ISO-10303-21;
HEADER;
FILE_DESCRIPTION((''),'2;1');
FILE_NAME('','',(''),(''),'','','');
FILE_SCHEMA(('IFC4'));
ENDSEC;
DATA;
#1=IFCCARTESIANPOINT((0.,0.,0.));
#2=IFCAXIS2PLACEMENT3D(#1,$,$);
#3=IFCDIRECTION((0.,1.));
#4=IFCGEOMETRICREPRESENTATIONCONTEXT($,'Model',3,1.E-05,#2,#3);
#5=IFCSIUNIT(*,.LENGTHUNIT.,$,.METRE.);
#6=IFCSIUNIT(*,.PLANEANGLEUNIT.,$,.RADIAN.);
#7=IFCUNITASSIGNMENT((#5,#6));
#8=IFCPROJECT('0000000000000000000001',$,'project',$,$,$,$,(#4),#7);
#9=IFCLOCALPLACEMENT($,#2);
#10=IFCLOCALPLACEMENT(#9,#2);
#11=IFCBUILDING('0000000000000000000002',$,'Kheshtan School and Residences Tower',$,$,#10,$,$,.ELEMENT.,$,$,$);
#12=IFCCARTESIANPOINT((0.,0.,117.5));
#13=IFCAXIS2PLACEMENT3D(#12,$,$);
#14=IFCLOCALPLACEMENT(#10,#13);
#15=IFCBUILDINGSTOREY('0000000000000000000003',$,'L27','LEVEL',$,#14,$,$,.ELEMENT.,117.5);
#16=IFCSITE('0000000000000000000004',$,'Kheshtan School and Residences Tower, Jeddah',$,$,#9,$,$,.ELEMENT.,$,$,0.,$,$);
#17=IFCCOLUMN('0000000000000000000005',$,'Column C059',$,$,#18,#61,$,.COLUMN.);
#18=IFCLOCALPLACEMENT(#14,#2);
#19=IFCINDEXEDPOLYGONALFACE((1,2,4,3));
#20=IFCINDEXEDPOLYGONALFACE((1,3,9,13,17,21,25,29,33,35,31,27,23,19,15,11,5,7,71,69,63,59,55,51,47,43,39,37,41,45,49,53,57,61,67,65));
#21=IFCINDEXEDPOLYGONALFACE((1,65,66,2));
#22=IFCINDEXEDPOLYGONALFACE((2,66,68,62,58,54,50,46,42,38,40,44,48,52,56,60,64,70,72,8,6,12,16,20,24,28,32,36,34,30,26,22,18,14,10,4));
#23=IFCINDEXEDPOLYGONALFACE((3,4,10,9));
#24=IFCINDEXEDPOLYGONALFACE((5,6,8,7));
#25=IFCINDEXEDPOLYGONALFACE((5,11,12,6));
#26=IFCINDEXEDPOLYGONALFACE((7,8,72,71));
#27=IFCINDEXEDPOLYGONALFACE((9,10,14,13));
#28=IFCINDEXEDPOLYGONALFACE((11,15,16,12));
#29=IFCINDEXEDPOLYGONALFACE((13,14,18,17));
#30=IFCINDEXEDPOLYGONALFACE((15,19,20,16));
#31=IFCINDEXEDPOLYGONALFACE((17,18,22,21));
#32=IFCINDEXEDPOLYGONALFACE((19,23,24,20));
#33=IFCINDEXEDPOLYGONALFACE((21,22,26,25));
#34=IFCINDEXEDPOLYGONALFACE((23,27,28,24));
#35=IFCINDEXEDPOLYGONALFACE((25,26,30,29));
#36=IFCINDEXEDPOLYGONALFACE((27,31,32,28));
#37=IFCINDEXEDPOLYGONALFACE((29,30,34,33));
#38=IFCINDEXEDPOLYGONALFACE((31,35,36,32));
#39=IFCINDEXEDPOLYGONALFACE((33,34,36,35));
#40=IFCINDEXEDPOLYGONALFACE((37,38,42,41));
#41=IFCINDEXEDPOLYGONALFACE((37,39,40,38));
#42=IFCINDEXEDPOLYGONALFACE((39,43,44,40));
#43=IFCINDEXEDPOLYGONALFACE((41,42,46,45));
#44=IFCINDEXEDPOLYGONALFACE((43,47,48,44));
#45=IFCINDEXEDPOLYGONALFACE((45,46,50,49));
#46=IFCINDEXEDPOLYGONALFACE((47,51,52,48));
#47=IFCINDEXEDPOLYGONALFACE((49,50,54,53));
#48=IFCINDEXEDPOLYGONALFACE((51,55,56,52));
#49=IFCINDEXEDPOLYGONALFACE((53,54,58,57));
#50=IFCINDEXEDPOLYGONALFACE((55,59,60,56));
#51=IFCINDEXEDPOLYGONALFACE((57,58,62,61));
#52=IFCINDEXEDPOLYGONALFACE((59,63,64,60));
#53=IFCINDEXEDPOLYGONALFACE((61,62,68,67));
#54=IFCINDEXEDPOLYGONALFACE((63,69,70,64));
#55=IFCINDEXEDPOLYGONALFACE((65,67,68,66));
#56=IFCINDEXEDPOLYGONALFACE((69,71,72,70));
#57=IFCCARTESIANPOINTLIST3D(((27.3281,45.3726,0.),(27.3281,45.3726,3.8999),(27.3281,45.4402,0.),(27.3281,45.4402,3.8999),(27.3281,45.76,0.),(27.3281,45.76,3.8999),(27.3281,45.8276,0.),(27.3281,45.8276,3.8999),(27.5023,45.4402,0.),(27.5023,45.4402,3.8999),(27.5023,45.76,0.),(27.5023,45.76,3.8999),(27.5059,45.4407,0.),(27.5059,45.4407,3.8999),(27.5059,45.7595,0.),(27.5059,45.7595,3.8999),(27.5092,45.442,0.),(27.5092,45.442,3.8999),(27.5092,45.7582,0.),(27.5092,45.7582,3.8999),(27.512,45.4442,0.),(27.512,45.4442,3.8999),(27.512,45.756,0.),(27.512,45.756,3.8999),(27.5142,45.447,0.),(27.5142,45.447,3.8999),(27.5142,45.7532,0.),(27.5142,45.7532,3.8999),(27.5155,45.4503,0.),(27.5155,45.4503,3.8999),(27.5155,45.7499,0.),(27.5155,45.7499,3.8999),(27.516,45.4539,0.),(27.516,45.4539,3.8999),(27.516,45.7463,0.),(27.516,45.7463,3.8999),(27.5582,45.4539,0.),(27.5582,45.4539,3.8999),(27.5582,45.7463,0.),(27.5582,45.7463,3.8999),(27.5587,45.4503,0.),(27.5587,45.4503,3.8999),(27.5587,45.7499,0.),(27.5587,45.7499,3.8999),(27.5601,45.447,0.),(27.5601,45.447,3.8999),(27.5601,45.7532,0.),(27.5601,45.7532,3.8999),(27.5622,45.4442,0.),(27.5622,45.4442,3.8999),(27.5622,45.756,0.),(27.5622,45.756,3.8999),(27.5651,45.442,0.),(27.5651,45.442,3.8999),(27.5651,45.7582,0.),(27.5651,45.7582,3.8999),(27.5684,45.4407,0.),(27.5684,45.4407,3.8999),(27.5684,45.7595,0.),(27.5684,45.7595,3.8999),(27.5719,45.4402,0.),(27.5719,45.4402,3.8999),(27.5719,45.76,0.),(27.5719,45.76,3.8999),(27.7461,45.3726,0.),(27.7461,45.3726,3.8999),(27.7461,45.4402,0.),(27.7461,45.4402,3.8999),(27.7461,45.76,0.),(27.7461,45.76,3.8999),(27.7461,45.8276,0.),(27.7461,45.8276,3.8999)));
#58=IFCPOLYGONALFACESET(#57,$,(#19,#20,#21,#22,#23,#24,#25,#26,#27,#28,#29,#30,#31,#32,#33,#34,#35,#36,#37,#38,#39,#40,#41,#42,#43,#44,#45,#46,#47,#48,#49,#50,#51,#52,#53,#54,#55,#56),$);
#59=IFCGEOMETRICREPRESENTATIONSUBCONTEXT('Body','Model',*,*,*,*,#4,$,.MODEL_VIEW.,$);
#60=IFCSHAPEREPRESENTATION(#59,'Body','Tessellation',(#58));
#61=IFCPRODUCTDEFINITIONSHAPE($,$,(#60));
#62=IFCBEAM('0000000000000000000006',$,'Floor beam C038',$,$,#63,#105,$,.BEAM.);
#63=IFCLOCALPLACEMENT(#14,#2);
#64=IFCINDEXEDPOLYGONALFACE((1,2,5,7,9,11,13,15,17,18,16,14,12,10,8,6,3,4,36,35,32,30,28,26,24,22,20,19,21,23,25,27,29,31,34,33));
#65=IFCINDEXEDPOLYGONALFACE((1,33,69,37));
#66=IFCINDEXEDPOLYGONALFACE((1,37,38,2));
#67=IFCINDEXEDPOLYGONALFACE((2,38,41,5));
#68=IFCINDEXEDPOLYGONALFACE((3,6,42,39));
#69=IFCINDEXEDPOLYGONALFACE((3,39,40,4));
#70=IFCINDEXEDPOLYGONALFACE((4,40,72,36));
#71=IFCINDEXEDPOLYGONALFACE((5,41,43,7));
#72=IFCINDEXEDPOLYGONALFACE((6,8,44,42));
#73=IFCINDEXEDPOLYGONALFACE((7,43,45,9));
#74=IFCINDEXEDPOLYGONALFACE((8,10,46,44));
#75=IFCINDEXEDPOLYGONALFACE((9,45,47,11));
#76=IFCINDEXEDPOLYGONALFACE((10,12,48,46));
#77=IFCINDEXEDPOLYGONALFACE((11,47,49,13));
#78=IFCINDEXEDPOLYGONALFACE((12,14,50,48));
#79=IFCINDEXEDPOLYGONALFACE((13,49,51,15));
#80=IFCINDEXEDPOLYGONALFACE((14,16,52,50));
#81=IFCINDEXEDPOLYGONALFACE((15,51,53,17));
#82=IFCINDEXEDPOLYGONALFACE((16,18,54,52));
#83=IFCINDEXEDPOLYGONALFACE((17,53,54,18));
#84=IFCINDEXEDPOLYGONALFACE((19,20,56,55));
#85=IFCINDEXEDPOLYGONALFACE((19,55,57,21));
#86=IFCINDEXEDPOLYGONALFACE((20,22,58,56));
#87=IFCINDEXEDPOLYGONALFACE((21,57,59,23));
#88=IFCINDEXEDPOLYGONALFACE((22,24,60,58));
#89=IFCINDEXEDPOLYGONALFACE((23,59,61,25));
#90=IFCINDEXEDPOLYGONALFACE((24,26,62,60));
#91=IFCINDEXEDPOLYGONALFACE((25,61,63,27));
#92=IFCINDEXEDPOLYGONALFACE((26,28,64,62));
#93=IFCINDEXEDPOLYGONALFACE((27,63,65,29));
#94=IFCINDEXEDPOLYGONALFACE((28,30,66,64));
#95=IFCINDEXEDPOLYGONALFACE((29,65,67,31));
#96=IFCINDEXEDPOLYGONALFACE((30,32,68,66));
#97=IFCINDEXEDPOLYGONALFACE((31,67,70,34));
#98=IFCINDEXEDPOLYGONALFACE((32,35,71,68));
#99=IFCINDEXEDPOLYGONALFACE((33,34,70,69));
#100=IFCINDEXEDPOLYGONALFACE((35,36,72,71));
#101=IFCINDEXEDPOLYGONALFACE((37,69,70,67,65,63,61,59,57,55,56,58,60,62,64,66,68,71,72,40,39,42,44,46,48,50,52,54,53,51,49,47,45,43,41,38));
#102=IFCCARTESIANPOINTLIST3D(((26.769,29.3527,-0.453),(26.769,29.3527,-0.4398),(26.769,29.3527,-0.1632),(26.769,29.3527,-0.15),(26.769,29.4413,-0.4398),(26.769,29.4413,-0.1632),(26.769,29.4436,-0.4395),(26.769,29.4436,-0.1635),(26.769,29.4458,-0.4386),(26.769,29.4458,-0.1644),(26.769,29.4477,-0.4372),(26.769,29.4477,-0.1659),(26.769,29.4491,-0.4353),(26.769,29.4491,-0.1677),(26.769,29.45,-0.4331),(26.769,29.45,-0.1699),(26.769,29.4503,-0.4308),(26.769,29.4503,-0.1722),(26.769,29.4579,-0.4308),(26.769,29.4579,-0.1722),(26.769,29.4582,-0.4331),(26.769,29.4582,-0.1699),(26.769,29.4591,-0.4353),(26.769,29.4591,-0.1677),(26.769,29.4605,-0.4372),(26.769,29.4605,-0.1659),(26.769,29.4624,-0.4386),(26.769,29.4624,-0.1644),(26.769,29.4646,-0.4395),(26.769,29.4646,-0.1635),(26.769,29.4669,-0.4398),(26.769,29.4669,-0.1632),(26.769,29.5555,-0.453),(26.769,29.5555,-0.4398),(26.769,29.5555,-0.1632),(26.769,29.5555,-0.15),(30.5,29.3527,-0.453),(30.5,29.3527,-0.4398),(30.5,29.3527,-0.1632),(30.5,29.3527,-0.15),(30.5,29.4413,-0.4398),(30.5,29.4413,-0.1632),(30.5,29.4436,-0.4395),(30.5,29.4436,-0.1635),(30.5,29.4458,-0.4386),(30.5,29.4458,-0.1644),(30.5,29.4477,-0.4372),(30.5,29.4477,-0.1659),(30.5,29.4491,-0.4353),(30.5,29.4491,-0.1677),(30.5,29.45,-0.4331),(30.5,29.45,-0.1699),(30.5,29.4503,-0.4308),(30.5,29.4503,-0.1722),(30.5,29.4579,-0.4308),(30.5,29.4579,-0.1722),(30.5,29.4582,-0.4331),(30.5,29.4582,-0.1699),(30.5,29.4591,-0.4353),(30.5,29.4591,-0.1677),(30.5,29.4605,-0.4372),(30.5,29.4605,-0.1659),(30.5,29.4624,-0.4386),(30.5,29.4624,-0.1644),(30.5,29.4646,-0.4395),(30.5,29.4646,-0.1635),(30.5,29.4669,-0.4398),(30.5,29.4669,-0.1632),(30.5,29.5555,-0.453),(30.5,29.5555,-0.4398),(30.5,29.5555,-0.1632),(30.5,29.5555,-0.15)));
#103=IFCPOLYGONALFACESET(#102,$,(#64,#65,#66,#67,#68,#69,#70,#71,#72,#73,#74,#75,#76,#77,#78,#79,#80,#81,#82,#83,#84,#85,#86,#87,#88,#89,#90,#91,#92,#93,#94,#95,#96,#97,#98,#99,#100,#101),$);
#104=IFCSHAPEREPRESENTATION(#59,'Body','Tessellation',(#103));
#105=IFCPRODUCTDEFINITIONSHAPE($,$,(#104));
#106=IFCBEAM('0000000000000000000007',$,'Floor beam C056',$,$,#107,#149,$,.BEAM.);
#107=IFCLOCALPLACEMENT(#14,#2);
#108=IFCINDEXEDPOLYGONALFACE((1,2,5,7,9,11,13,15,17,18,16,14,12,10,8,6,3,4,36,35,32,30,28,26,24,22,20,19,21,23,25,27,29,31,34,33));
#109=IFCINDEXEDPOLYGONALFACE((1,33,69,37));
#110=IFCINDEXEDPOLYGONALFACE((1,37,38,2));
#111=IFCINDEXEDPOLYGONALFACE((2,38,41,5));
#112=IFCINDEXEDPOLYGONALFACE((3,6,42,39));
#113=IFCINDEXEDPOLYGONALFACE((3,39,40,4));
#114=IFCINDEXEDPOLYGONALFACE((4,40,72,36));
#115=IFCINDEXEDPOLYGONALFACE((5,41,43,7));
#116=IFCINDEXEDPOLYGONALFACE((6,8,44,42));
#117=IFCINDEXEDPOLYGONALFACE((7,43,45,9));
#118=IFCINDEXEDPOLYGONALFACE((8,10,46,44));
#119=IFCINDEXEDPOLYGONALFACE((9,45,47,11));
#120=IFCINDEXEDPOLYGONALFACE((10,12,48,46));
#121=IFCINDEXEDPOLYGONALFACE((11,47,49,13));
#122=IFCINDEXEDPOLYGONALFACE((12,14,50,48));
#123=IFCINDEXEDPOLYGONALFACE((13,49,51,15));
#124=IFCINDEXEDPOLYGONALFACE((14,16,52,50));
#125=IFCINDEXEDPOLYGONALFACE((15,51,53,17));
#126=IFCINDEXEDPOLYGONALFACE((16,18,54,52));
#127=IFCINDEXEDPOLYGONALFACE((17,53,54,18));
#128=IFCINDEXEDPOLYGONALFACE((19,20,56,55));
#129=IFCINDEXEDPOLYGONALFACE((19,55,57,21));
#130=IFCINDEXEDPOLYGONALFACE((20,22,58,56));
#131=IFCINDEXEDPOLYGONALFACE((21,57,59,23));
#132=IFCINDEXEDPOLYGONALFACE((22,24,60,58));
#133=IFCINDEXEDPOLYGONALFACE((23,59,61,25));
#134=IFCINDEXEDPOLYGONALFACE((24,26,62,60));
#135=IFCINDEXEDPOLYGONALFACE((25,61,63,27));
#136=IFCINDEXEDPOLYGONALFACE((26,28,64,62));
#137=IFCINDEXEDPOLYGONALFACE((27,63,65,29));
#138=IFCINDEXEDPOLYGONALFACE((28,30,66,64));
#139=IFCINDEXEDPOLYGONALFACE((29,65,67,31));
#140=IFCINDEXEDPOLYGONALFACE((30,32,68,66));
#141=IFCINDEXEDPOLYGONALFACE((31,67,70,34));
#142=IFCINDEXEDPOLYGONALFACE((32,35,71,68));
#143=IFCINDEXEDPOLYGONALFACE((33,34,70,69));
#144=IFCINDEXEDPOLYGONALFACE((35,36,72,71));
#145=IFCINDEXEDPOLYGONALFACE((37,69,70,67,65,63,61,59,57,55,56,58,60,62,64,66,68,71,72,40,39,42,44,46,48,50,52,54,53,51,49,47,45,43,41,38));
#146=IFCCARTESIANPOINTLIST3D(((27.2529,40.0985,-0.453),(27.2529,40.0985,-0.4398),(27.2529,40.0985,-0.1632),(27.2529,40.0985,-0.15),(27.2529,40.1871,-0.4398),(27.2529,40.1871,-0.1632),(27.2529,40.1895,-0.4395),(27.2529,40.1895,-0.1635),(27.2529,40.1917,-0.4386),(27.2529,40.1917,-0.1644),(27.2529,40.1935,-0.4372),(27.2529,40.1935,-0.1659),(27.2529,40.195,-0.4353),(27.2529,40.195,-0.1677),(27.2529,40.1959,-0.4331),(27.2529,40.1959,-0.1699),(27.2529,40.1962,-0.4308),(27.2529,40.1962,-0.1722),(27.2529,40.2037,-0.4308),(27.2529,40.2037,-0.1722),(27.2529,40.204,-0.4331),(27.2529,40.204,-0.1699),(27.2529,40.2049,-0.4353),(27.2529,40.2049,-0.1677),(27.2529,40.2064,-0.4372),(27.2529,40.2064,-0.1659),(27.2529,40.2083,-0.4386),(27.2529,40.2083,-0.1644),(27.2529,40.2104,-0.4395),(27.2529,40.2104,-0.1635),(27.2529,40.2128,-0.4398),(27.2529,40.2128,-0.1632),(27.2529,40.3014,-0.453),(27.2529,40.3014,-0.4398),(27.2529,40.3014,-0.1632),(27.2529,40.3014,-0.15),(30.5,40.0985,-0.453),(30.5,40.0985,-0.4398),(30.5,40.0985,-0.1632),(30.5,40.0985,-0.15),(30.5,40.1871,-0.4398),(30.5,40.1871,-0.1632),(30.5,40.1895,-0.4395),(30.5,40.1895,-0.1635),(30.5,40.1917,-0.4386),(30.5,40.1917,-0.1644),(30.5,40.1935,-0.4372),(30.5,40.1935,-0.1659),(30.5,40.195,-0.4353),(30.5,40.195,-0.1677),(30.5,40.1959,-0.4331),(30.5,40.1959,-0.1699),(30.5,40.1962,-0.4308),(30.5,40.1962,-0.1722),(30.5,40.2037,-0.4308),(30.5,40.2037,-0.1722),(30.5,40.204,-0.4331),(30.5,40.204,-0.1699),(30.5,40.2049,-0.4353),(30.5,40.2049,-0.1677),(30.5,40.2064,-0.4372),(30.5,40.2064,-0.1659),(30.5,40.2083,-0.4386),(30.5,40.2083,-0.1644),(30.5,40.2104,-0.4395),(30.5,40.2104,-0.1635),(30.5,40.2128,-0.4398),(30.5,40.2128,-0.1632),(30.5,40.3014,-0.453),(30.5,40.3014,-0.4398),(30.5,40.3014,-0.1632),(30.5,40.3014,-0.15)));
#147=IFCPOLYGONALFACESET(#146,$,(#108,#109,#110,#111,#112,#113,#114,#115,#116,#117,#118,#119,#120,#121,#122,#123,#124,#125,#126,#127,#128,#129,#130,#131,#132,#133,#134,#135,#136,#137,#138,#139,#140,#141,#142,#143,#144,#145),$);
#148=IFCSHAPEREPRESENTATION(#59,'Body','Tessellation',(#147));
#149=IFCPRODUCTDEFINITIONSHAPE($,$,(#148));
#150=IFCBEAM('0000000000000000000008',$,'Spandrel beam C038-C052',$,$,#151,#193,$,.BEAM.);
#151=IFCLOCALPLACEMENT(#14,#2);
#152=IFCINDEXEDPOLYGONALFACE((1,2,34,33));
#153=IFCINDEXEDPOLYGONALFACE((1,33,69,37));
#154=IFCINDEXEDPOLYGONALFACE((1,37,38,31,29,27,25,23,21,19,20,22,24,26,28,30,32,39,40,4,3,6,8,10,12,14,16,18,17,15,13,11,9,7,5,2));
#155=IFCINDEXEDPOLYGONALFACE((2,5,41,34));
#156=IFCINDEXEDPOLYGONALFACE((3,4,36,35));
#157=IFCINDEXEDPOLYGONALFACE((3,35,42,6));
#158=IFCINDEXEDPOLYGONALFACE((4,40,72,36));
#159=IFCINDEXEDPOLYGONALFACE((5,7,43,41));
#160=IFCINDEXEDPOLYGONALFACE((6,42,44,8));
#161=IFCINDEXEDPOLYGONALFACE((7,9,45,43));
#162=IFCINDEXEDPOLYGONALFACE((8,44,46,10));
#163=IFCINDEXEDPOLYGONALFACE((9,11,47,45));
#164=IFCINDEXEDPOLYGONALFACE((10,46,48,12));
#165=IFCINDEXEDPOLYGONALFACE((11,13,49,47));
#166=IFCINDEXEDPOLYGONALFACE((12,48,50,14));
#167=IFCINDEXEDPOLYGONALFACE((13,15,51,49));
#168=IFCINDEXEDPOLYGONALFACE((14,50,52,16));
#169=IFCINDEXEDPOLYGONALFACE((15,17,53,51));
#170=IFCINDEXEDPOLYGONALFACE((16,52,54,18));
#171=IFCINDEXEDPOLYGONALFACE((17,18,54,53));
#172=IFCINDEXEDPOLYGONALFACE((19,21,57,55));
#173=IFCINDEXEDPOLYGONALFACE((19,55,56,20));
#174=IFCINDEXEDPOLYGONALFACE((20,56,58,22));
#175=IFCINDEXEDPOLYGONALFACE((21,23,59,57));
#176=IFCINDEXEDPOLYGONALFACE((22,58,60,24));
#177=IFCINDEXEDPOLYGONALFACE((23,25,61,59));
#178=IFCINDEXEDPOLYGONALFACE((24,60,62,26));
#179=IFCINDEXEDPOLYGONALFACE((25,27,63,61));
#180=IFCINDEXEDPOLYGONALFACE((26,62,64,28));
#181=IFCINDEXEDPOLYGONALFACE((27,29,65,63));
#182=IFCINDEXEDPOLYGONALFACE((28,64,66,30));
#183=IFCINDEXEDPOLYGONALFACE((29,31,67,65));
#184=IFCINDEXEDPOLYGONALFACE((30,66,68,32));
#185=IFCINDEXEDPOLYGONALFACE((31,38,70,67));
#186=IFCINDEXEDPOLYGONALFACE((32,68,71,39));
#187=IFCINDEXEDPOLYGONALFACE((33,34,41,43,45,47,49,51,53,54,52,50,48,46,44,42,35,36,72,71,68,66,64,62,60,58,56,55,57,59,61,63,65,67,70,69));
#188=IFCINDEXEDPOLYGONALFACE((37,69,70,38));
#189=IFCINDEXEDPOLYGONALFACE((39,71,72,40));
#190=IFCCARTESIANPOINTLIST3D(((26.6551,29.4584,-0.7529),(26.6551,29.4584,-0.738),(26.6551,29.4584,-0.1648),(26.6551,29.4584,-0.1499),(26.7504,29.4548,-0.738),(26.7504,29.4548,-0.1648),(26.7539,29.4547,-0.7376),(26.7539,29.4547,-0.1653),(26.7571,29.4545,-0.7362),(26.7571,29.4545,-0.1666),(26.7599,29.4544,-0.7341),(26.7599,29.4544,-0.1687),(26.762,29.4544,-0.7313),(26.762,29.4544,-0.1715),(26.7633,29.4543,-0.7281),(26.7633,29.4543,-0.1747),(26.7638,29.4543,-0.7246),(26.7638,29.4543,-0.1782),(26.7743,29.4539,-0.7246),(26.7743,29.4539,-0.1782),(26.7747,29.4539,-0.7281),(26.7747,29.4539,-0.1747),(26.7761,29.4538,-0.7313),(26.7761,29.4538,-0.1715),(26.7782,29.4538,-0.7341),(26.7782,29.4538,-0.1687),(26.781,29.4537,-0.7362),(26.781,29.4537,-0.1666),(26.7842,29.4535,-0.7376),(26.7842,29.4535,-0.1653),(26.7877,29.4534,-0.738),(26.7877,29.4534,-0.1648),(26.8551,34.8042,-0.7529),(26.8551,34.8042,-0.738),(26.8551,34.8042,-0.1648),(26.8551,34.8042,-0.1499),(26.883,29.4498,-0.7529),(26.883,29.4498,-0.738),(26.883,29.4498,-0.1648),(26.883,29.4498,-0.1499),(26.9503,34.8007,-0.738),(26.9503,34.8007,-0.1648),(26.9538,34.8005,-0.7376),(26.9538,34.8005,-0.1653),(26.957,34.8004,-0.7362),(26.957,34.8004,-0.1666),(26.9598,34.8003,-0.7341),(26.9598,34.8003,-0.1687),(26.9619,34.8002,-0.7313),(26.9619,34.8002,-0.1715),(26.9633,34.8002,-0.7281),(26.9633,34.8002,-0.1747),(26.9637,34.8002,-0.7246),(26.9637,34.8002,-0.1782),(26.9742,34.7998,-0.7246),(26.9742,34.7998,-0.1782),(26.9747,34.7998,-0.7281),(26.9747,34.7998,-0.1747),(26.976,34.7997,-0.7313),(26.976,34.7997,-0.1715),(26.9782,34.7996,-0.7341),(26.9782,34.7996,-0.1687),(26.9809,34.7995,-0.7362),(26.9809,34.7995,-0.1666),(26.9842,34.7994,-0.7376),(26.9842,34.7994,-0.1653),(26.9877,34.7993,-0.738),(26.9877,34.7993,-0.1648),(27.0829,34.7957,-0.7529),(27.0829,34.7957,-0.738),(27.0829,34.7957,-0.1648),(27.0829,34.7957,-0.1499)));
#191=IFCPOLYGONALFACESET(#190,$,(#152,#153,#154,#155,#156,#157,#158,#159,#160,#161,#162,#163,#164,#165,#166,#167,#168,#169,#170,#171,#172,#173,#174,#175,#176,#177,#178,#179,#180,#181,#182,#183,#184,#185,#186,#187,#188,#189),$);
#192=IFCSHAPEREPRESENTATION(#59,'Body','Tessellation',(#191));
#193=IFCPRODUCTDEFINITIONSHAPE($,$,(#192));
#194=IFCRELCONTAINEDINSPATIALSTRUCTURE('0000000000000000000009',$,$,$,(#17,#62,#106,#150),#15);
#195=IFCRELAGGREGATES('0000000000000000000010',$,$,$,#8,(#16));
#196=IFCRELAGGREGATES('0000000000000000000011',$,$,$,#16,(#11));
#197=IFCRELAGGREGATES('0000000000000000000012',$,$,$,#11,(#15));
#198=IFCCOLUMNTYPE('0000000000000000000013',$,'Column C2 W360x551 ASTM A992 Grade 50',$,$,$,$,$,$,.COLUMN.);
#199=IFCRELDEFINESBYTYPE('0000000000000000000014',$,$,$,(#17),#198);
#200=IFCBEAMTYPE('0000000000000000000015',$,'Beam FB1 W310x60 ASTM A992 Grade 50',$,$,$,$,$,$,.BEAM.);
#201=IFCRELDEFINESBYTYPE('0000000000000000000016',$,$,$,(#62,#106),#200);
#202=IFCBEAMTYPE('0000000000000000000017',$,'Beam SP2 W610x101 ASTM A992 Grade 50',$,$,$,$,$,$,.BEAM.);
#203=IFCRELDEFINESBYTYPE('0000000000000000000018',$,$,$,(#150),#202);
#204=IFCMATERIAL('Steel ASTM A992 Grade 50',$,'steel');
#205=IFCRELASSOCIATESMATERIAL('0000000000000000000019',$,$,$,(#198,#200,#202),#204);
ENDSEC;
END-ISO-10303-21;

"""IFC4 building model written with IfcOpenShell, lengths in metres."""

from ifc_helpers import new_model, si_unit, direction, frame, origin, origin_2d, place, context, subcontext, project, spatial, i_section, extrude, material, material_profile, profile_set, type_object, element, save


model = new_model("IFC4")

# Units and contexts
model_context = context("Model", 3, precision=1e-05, world=origin(), true_north=direction((0.0, 1.0)))
body_context = subcontext(model_context, "Body", "Model", "MODEL_VIEW")
ifc_project = project(units=[si_unit("LENGTHUNIT", "METRE"), si_unit("PLANEANGLEUNIT", "RADIAN")], contexts=[model_context])

# Site, building, storey
site_placement = place(None, origin())
site = spatial("IfcSite", under=ifc_project, at=site_placement, Name="Kheshtan School and Residences Tower, Jeddah", CompositionType="ELEMENT", RefElevation=0.0)
building_placement = place(site_placement, origin())
building = spatial("IfcBuilding", under=site, at=building_placement, Name="Kheshtan School and Residences Tower", CompositionType="ELEMENT")
storey_placement = place(building_placement, frame((0.0, 0.0, 117.5)))
storey = spatial("IfcBuildingStorey", under=building, at=storey_placement, Name="L27", Description="LEVEL", CompositionType="ELEMENT", Elevation=117.5)

# Column
ifc_material_1 = material(Name="Steel ASTM A992 Grade 50", Category="steel")
ifc_material_profile_1 = material_profile(ifc_material_1, i_section(OverallWidth=0.418, OverallDepth=0.4551, WebThickness=0.0422, FlangeThickness=0.0676, FilletRadius=0.0137, at=origin_2d()), Name="W360x551")
ifc_profile_set_1 = profile_set([ifc_material_profile_1], Name="Steel ASTM A992 Grade 50")
column_type = type_object("IfcColumnType", Name="Column C2 W360x551 ASTM A992 Grade 50", PredefinedType="COLUMN", material=ifc_profile_set_1)
for number, where, z_axis, x_axis, name in (
    (1, (27.5371, 45.6001, 0.0), (0.0, 0.0, 1.0), (1.0, 0.0, 0.0), "Column C059"),
):
    element("IfcColumn", number, at=place(storey_placement, frame(where, z_axis=z_axis, x_axis=x_axis)), inside=storey, type_object=column_type, Name=name, PredefinedType="COLUMN", context=body_context, shape_type="SweptSolid", body=[
        extrude(i_section(OverallWidth=0.418, OverallDepth=0.4551, WebThickness=0.0422, FlangeThickness=0.0676, FilletRadius=0.0137, at=origin_2d()), origin(), (0.0, 0.0, 1.0), 3.8999),
    ])

# Beams
ifc_material_profile_2 = material_profile(ifc_material_1, i_section(OverallWidth=0.2029, OverallDepth=0.303, WebThickness=0.0076, FlangeThickness=0.0132, FilletRadius=0.009, at=origin_2d()), Name="W310x60")
ifc_profile_set_2 = profile_set([ifc_material_profile_2], Name="Steel ASTM A992 Grade 50")
beam_type_1 = type_object("IfcBeamType", Name="Beam FB1 W310x60 ASTM A992 Grade 50", PredefinedType="BEAM", material=ifc_profile_set_2)
beam_1_placement = place(storey_placement, frame((26.769, 29.4541, -0.3015), z_axis=(1.0, 0.0, 0.0), x_axis=(0.0, 1.0, 0.0)))
element("IfcBeam", 2, at=beam_1_placement, inside=storey, type_object=beam_type_1, Name="Floor beam C038", PredefinedType="BEAM", context=body_context, shape_type="SweptSolid", body=[
    extrude(i_section(OverallWidth=0.2029, OverallDepth=0.303, WebThickness=0.0076, FlangeThickness=0.0132, FilletRadius=0.009, at=origin_2d()), origin(), (0.0, 0.0, 1.0), 3.731),
])
beam_2_placement = place(storey_placement, frame((27.2529, 40.2, -0.3015), z_axis=(1.0, 0.0, 0.0), x_axis=(0.0, 1.0, 0.0)))
element("IfcBeam", 3, at=beam_2_placement, inside=storey, type_object=beam_type_1, Name="Floor beam C056", PredefinedType="BEAM", context=body_context, shape_type="SweptSolid", body=[
    extrude(i_section(OverallWidth=0.2029, OverallDepth=0.303, WebThickness=0.0076, FlangeThickness=0.0132, FilletRadius=0.009, at=origin_2d()), origin(), (0.0, 0.0, 1.0), 3.2471),
])
ifc_material_profile_3 = material_profile(ifc_material_1, i_section(OverallWidth=0.228, OverallDepth=0.603, WebThickness=0.0105, FlangeThickness=0.0149, FilletRadius=0.0134, at=origin_2d()), Name="W610x101")
ifc_profile_set_3 = profile_set([ifc_material_profile_3], Name="Steel ASTM A992 Grade 50")
beam_type_2 = type_object("IfcBeamType", Name="Beam SP2 W610x101 ASTM A992 Grade 50", PredefinedType="BEAM", material=ifc_profile_set_3)
beam_3_placement = place(storey_placement, frame((26.769, 29.4541, -0.4514), z_axis=(0.037376, 0.999301, 0.0), x_axis=(-0.999301, 0.037376, 0.0)))
element("IfcBeam", 4, at=beam_3_placement, inside=storey, type_object=beam_type_2, Name="Spandrel beam C038-C052", PredefinedType="BEAM", context=body_context, shape_type="SweptSolid", body=[
    extrude(i_section(OverallWidth=0.228, OverallDepth=0.603, WebThickness=0.0105, FlangeThickness=0.0149, FilletRadius=0.0134, at=origin_2d()), origin(), (0.0, 0.0, 1.0), 5.3496),
])

save(model, "model.ifc")
